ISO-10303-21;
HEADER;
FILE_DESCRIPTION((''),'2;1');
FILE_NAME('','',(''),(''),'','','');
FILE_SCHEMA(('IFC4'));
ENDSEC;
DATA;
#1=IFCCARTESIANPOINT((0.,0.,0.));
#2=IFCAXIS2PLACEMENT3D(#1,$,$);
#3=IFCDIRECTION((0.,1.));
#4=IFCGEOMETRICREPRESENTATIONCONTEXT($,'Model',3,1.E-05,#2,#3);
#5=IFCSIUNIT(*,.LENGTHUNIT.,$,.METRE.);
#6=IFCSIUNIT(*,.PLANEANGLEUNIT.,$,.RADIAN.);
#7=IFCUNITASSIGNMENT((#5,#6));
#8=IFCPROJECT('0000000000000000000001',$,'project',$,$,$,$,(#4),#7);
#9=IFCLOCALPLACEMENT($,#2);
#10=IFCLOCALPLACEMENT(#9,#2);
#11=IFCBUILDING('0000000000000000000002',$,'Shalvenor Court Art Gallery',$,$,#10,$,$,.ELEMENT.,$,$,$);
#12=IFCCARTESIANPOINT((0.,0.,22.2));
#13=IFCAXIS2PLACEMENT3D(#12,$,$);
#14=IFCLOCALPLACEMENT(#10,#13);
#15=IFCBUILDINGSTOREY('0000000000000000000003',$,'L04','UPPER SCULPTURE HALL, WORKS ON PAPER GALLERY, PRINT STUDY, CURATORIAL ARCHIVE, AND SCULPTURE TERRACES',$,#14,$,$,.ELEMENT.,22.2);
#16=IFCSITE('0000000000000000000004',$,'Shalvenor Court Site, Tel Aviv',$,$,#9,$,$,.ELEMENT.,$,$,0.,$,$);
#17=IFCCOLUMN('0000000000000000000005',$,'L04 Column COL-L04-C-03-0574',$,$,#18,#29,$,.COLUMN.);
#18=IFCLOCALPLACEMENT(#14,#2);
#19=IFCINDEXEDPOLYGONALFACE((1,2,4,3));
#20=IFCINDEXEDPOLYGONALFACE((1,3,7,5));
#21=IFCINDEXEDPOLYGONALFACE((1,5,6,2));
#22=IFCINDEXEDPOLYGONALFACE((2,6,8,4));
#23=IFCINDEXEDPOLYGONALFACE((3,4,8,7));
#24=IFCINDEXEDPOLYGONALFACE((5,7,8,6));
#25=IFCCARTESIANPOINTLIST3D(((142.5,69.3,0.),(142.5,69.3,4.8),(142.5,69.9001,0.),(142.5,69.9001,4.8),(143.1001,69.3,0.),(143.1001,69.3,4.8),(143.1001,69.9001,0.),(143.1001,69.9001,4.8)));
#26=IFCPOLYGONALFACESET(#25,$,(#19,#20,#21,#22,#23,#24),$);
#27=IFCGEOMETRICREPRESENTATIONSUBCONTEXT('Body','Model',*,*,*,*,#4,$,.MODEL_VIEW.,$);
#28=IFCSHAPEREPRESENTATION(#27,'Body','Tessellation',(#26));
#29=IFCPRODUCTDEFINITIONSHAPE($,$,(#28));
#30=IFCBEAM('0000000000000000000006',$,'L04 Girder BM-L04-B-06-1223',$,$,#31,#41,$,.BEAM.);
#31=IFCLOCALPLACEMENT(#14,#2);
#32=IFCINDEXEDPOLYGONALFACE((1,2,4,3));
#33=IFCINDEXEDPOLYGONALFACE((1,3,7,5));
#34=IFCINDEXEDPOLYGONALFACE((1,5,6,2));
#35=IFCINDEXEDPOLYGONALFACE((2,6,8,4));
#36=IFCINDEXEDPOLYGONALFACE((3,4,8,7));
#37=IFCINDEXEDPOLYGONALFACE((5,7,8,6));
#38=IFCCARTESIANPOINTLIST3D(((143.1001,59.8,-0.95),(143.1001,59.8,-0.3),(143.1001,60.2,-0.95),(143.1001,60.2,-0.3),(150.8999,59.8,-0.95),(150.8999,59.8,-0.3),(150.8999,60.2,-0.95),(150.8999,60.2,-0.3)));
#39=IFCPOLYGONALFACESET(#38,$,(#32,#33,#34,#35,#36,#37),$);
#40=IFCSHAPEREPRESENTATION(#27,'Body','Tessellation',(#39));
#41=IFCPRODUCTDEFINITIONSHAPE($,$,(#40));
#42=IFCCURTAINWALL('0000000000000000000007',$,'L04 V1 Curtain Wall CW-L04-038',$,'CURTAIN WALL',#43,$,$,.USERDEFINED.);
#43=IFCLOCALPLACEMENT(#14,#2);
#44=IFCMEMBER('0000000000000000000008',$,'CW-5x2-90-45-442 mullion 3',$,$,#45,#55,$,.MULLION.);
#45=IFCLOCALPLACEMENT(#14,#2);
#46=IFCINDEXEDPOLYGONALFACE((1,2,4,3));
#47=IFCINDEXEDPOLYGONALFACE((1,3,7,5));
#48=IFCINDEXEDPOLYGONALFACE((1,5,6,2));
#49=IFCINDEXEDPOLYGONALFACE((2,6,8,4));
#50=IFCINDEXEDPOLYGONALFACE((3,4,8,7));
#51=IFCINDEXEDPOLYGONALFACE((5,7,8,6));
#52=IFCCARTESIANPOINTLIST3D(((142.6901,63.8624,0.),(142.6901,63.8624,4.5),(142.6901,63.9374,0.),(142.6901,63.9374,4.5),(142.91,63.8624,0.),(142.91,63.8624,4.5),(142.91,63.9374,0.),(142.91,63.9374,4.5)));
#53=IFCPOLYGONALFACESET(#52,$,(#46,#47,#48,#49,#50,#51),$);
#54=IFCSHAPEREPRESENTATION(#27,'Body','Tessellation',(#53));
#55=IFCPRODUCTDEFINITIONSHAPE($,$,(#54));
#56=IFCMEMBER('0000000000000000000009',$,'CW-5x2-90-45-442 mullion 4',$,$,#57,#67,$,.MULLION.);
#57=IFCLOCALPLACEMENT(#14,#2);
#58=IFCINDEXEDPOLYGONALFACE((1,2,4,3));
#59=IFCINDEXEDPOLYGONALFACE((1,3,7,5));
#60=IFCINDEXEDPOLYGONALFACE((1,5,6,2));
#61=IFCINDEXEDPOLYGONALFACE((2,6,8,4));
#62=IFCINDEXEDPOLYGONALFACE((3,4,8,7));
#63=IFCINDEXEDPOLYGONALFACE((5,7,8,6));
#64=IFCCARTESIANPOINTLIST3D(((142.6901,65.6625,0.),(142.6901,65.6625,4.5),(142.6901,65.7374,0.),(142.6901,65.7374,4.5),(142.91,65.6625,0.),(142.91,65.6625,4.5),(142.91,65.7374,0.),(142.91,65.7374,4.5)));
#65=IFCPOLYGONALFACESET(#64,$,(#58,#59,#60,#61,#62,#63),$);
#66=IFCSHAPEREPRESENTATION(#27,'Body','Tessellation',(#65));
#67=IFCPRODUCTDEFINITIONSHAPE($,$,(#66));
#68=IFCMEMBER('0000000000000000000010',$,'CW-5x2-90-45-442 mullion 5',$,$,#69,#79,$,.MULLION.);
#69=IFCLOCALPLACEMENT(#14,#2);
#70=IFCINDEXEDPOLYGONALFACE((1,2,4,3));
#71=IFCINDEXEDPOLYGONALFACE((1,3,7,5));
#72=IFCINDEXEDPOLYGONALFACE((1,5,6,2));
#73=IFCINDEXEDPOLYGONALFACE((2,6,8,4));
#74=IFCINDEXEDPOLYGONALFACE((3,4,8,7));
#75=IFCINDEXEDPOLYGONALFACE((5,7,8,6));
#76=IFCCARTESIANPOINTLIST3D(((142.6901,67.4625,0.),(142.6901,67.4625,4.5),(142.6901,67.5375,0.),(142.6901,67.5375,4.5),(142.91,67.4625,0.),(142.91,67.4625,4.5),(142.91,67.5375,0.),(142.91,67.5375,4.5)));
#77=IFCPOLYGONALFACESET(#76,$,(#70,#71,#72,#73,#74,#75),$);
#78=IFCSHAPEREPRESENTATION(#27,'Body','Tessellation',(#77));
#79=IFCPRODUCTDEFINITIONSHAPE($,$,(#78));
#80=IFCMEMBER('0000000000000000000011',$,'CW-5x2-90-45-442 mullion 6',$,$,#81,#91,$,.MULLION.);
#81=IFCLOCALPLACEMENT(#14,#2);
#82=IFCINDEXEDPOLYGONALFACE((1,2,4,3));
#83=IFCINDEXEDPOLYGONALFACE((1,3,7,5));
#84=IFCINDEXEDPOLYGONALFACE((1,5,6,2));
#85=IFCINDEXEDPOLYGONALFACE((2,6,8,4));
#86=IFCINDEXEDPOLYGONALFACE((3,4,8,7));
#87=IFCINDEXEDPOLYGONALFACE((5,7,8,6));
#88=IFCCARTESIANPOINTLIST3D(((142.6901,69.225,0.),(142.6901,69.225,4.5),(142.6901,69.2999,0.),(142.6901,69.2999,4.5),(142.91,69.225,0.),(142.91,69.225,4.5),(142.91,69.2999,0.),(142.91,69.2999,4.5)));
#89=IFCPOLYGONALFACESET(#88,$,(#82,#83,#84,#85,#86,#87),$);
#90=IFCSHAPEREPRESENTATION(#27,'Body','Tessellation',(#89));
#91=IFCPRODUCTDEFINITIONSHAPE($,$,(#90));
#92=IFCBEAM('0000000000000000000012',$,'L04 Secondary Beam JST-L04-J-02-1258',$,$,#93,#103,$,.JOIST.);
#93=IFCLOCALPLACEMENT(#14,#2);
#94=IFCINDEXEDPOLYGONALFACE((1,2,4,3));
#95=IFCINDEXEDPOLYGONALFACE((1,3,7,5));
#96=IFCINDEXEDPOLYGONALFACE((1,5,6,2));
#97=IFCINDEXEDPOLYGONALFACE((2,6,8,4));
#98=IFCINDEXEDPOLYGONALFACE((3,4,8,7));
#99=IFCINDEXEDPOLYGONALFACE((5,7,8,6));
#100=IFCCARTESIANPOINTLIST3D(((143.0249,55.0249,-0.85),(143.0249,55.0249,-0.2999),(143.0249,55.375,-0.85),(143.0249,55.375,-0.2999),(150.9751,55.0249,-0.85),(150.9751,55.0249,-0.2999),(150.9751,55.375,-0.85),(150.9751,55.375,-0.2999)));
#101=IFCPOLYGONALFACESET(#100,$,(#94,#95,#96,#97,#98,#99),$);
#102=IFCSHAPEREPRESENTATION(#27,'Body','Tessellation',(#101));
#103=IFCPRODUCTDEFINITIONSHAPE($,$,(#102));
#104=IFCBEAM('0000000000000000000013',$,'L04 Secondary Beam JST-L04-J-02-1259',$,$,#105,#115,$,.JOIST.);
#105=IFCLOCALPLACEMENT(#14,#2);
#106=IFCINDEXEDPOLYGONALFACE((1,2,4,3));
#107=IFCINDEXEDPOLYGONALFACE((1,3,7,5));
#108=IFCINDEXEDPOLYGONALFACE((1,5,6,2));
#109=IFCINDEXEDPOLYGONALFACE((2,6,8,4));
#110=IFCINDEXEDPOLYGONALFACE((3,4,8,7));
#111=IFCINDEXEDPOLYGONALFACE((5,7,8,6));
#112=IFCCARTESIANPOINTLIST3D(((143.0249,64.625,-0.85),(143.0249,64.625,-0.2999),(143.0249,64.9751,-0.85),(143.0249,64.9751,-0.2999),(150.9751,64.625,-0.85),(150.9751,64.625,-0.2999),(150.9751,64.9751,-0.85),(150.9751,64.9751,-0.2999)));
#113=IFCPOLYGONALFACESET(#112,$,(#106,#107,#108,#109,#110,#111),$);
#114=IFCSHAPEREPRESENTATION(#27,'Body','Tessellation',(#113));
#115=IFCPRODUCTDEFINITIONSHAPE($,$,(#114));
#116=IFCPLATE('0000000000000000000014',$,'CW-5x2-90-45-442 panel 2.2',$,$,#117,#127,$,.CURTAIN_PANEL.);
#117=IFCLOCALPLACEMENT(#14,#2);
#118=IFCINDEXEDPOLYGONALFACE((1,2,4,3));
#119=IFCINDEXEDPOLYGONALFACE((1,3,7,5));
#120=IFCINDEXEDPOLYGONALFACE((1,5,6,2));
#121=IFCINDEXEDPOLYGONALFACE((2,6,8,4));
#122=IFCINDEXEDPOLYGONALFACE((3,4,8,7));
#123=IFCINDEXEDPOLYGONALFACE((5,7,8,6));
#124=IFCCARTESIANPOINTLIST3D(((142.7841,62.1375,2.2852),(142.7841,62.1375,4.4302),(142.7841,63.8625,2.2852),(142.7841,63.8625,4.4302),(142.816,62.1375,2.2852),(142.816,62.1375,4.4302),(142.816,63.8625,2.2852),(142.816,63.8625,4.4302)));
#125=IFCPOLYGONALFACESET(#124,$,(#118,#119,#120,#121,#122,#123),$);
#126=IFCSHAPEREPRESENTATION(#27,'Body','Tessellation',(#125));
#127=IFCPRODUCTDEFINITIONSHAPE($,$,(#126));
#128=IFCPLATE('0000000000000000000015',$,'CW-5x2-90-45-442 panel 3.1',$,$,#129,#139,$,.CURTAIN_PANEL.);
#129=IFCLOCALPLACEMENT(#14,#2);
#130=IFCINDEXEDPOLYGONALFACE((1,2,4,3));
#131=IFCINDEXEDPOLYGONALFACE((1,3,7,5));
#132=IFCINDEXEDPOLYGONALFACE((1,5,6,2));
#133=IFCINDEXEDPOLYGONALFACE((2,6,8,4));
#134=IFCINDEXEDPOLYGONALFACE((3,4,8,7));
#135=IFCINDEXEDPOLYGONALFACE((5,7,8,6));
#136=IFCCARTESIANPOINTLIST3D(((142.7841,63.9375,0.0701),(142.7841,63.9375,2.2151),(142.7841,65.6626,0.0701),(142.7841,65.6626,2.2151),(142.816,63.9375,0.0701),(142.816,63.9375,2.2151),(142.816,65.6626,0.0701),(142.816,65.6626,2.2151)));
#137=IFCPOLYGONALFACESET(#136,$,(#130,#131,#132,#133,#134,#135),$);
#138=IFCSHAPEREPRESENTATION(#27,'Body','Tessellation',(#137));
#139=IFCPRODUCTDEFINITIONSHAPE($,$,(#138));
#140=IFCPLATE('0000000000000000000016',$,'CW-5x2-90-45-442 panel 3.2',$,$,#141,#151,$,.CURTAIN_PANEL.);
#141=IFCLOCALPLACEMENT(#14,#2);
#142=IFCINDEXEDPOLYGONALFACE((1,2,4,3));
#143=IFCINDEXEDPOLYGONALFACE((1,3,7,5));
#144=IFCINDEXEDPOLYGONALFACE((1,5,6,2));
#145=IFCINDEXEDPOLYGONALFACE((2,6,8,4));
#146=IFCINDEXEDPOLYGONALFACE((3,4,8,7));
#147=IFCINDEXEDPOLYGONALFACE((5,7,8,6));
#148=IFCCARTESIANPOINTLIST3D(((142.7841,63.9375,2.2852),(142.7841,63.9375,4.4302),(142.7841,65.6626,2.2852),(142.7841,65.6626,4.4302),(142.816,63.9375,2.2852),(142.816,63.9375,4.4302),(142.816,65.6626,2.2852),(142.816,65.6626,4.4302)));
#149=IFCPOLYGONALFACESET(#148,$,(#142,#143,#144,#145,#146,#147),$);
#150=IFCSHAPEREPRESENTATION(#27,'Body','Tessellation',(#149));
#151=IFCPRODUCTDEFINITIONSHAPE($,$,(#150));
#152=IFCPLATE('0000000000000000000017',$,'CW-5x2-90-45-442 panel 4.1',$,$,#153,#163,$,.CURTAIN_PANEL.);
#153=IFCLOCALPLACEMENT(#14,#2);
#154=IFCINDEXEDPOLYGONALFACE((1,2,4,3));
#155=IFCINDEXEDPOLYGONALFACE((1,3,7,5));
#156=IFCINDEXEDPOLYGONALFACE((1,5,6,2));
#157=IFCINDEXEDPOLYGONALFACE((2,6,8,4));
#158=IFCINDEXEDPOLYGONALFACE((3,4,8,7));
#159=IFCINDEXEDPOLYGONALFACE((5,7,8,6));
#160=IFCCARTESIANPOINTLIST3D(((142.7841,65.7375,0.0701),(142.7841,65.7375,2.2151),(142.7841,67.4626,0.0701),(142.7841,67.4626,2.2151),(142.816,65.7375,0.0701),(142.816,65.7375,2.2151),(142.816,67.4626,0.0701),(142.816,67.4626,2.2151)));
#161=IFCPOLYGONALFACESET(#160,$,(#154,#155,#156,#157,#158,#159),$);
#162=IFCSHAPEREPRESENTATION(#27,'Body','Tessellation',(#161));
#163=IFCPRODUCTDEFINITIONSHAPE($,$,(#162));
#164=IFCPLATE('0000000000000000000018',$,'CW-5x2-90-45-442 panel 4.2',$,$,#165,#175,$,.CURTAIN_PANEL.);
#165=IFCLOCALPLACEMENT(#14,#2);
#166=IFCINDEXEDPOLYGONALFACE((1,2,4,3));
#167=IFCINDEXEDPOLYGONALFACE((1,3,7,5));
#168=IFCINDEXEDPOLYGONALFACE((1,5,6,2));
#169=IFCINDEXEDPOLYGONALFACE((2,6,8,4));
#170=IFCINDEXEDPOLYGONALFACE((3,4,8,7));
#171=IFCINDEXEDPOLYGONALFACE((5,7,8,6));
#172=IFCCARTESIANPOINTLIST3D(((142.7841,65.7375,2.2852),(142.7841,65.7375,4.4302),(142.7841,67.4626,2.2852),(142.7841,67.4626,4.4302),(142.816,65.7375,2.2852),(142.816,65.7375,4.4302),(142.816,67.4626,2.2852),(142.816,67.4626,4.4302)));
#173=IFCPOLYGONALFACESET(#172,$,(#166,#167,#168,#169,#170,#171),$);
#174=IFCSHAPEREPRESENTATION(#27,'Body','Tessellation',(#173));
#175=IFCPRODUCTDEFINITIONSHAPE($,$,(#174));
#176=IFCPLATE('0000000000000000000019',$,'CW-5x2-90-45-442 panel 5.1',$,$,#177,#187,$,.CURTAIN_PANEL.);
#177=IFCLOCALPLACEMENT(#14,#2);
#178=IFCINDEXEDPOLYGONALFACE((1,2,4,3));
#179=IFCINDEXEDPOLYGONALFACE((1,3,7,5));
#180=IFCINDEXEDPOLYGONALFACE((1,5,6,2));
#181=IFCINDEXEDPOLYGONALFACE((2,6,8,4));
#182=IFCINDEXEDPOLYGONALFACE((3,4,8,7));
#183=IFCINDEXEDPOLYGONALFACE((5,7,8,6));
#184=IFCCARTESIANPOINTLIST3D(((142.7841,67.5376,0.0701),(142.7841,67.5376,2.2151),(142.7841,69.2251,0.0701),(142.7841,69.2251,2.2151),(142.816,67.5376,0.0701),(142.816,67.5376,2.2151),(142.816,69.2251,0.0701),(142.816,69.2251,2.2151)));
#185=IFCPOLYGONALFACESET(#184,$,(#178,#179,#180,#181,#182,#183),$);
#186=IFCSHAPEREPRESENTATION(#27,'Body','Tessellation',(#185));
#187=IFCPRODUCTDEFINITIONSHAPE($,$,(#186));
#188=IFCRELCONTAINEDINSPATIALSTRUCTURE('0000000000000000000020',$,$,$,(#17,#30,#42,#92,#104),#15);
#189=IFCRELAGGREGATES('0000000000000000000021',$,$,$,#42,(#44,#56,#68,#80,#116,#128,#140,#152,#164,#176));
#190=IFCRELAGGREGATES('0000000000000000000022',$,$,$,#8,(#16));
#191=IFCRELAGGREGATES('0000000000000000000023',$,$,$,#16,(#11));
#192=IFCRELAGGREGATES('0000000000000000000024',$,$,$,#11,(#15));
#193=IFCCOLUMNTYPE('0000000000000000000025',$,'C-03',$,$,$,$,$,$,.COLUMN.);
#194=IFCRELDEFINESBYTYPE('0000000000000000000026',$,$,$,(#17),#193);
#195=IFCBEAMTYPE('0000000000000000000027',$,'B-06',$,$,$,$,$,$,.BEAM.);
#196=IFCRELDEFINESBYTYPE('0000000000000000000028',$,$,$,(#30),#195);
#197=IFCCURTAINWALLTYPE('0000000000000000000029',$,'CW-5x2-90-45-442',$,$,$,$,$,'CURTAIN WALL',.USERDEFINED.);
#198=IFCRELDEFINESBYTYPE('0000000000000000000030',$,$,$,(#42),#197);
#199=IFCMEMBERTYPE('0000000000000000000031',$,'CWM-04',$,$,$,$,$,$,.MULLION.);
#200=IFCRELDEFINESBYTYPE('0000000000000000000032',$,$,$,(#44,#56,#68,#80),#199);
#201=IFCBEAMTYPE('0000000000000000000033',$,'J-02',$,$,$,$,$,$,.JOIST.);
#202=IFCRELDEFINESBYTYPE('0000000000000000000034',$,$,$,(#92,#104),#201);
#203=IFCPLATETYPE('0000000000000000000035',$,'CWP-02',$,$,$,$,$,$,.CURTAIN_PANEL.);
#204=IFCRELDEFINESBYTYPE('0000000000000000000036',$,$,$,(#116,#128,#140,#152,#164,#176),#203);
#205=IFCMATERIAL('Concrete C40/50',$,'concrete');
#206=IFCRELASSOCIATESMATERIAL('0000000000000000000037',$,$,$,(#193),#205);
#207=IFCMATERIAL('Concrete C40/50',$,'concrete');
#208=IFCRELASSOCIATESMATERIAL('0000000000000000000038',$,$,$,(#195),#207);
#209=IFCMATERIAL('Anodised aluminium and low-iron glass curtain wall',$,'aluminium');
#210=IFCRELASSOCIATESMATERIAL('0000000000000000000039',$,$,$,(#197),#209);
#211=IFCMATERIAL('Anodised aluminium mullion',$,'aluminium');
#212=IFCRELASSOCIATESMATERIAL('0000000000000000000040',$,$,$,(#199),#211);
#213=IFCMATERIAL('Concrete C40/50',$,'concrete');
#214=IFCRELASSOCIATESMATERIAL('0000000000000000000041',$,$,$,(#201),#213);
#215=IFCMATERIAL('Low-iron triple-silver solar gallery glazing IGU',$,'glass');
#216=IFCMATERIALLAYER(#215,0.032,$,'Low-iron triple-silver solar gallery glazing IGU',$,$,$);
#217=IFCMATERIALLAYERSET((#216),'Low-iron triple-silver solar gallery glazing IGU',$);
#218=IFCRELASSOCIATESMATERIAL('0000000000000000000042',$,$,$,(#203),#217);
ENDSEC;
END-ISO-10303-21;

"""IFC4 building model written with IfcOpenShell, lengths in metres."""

from ifc_helpers import new_model, si_unit, direction, frame, origin, origin_2d, place, context, subcontext, project, spatial, rectangle, extrude, material, layer, layer_set, material_profile, profile_set, type_object, element, aggregate, save


model = new_model("IFC4")

# Units and contexts
model_context = context("Model", 3, precision=1e-05, world=origin(), true_north=direction((0.0, 1.0)))
body_context = subcontext(model_context, "Body", "Model", "MODEL_VIEW")
ifc_project = project(units=[si_unit("LENGTHUNIT", "METRE"), si_unit("PLANEANGLEUNIT", "RADIAN")], contexts=[model_context])

# Site, building, storey
site_placement = place(None, origin())
site = spatial("IfcSite", under=ifc_project, at=site_placement, Name="Shalvenor Court Site, Tel Aviv", CompositionType="ELEMENT", RefElevation=0.0)
building_placement = place(site_placement, origin())
building = spatial("IfcBuilding", under=site, at=building_placement, Name="Shalvenor Court Art Gallery", CompositionType="ELEMENT")
storey_placement = place(building_placement, frame((0.0, 0.0, 22.2)))
storey = spatial("IfcBuildingStorey", under=building, at=storey_placement, Name="L04", Description="UPPER SCULPTURE HALL, WORKS ON PAPER GALLERY, PRINT STUDY, CURATORIAL ARCHIVE, AND SCULPTURE TERRACES", CompositionType="ELEMENT", Elevation=22.2)

# Column
ifc_material_1 = material(Name="Concrete C40/50", Category="concrete")
ifc_material_profile_1 = material_profile(ifc_material_1, rectangle(XDim=0.6001, YDim=0.6001, at=origin_2d()), Name="RC 600x600")
ifc_profile_set_1 = profile_set([ifc_material_profile_1], Name="Concrete C40/50")
column_type = type_object("IfcColumnType", Name="C-03", PredefinedType="COLUMN", material=ifc_profile_set_1)
column_placement = place(storey_placement, frame((142.8, 69.6001, 0.0), z_axis=(0.0, 0.0, 1.0), x_axis=(1.0, 0.0, 0.0)))
element("IfcColumn", 1, at=column_placement, inside=storey, type_object=column_type, Name="L04 Column COL-L04-C-03-0574", PredefinedType="COLUMN", context=body_context, shape_type="SweptSolid", body=[
    extrude(rectangle(XDim=0.6001, YDim=0.6001, at=origin_2d()), origin(), (0.0, 0.0, 1.0), 4.8),
])

# Beam
ifc_material_2 = material(Name="Concrete C40/50", Category="concrete")
ifc_material_profile_2 = material_profile(ifc_material_2, rectangle(XDim=0.3999, YDim=0.6499, at=origin_2d()), Name="RC 400x650")
ifc_profile_set_2 = profile_set([ifc_material_profile_2], Name="Concrete C40/50")
beam_type_1 = type_object("IfcBeamType", Name="B-06", PredefinedType="BEAM", material=ifc_profile_set_2)
beam_placement = place(storey_placement, frame((143.1001, 60.0, -0.625), z_axis=(1.0, 0.0, 0.0), x_axis=(0.0, 1.0, 0.0)))
element("IfcBeam", 2, at=beam_placement, inside=storey, type_object=beam_type_1, Name="L04 Girder BM-L04-B-06-1223", PredefinedType="BEAM", context=body_context, shape_type="SweptSolid", body=[
    extrude(rectangle(XDim=0.3999, YDim=0.6499, at=origin_2d()), origin(), (0.0, 0.0, 1.0), 7.7998),
])

# Curtain wall, members
ifc_material_3 = material(Name="Anodised aluminium and low-iron glass curtain wall", Category="aluminium")
curtain_wall_type = type_object("IfcCurtainWallType", Name="CW-5x2-90-45-442", ElementType="CURTAIN WALL", PredefinedType="USERDEFINED", material=ifc_material_3)
curtain_wall_placement = place(storey_placement, origin())
curtain_wall = element("IfcCurtainWall", 3, at=curtain_wall_placement, inside=storey, type_object=curtain_wall_type, Name="L04 V1 Curtain Wall CW-L04-038", ObjectType="CURTAIN WALL", PredefinedType="USERDEFINED")
ifc_material_4 = material(Name="Anodised aluminium mullion", Category="aluminium")
ifc_material_profile_3 = material_profile(ifc_material_4, rectangle(XDim=0.075, YDim=0.22, at=origin_2d()), Name="CWM-04")
ifc_profile_set_3 = profile_set([ifc_material_profile_3], Name="Anodised aluminium mullion")
member_type = type_object("IfcMemberType", Name="CWM-04", PredefinedType="MULLION", material=ifc_profile_set_3)
member_1_placement = place(storey_placement, frame((142.8, 63.8999, 0.0), z_axis=(0.0, 0.0, 1.0), x_axis=(0.0, 1.0, 0.0)))
member_1 = element("IfcMember", 4, at=member_1_placement, type_object=member_type, Name="CW-5x2-90-45-442 mullion 3", PredefinedType="MULLION", context=body_context, shape_type="SweptSolid", body=[
    extrude(rectangle(XDim=0.075, YDim=0.22, at=origin_2d()), origin(), (0.0, 0.0, 1.0), 4.5),
])
member_2_placement = place(storey_placement, frame((142.8, 65.7, 0.0), z_axis=(0.0, 0.0, 1.0), x_axis=(0.0, 1.0, 0.0)))
member_2 = element("IfcMember", 5, at=member_2_placement, type_object=member_type, Name="CW-5x2-90-45-442 mullion 4", PredefinedType="MULLION", context=body_context, shape_type="SweptSolid", body=[
    extrude(rectangle(XDim=0.075, YDim=0.22, at=origin_2d()), origin(), (0.0, 0.0, 1.0), 4.5),
])
member_3_placement = place(storey_placement, frame((142.8, 67.5, 0.0), z_axis=(0.0, 0.0, 1.0), x_axis=(0.0, 1.0, 0.0)))
member_3 = element("IfcMember", 6, at=member_3_placement, type_object=member_type, Name="CW-5x2-90-45-442 mullion 5", PredefinedType="MULLION", context=body_context, shape_type="SweptSolid", body=[
    extrude(rectangle(XDim=0.075, YDim=0.22, at=origin_2d()), origin(), (0.0, 0.0, 1.0), 4.5),
])
member_4_placement = place(storey_placement, frame((142.8, 69.2625, 0.0), z_axis=(0.0, 0.0, 1.0), x_axis=(0.0, 1.0, 0.0)))
member_4 = element("IfcMember", 7, at=member_4_placement, type_object=member_type, Name="CW-5x2-90-45-442 mullion 6", PredefinedType="MULLION", context=body_context, shape_type="SweptSolid", body=[
    extrude(rectangle(XDim=0.075, YDim=0.22, at=origin_2d()), origin(), (0.0, 0.0, 1.0), 4.5),
])

# Beams
ifc_material_5 = material(Name="Concrete C40/50", Category="concrete")
ifc_material_profile_4 = material_profile(ifc_material_5, rectangle(XDim=0.3501, YDim=0.55, at=origin_2d()), Name="RC 350x550")
ifc_profile_set_4 = profile_set([ifc_material_profile_4], Name="Concrete C40/50")
beam_type_2 = type_object("IfcBeamType", Name="J-02", PredefinedType="JOIST", material=ifc_profile_set_4)
for number, where, z_axis, x_axis, name in (
    (8, (143.0249, 55.2, -0.575), (1.0, 0.0, 0.0), (0.0, 1.0, 0.0), "L04 Secondary Beam JST-L04-J-02-1258"),
    (9, (143.0249, 64.8, -0.575), (1.0, 0.0, 0.0), (0.0, 1.0, 0.0), "L04 Secondary Beam JST-L04-J-02-1259"),
):
    element("IfcBeam", number, at=place(storey_placement, frame(where, z_axis=z_axis, x_axis=x_axis)), inside=storey, type_object=beam_type_2, Name=name, PredefinedType="JOIST", context=body_context, shape_type="SweptSolid", body=[
        extrude(rectangle(XDim=0.3501, YDim=0.55, at=origin_2d()), origin(), (0.0, 0.0, 1.0), 7.9502),
    ])

# Plates
ifc_material_6 = material(Name="Low-iron triple-silver solar gallery glazing IGU", Category="glass")
ifc_layer_1 = layer(ifc_material_6, 0.032, Name="Low-iron triple-silver solar gallery glazing IGU")
ifc_layer_set_1 = layer_set([ifc_layer_1], Name="Low-iron triple-silver solar gallery glazing IGU")
plate_type = type_object("IfcPlateType", Name="CWP-02", PredefinedType="CURTAIN_PANEL", material=ifc_layer_set_1)
plate_1_placement = place(storey_placement, frame((142.8, 63.0, 2.2852), z_axis=(0.0, 0.0, 1.0), x_axis=(0.0, 1.0, 0.0)))
plate_1 = element("IfcPlate", 10, at=plate_1_placement, type_object=plate_type, Name="CW-5x2-90-45-442 panel 2.2", PredefinedType="CURTAIN_PANEL", context=body_context, shape_type="SweptSolid", body=[
    extrude(rectangle(XDim=1.7251, YDim=0.032, at=origin_2d()), origin(), (0.0, 0.0, 1.0), 2.145),
])
plate_2_placement = place(storey_placement, frame((142.8, 64.8, 0.0701), z_axis=(0.0, 0.0, 1.0), x_axis=(0.0, 1.0, 0.0)))
plate_2 = element("IfcPlate", 11, at=plate_2_placement, type_object=plate_type, Name="CW-5x2-90-45-442 panel 3.1", PredefinedType="CURTAIN_PANEL", context=body_context, shape_type="SweptSolid", body=[
    extrude(rectangle(XDim=1.7251, YDim=0.032, at=origin_2d()), origin(), (0.0, 0.0, 1.0), 2.145),
])
plate_3_placement = place(storey_placement, frame((142.8, 64.8, 2.2852), z_axis=(0.0, 0.0, 1.0), x_axis=(0.0, 1.0, 0.0)))
plate_3 = element("IfcPlate", 12, at=plate_3_placement, type_object=plate_type, Name="CW-5x2-90-45-442 panel 3.2", PredefinedType="CURTAIN_PANEL", context=body_context, shape_type="SweptSolid", body=[
    extrude(rectangle(XDim=1.7251, YDim=0.032, at=origin_2d()), origin(), (0.0, 0.0, 1.0), 2.145),
])
plate_4_placement = place(storey_placement, frame((142.8, 66.6001, 0.0701), z_axis=(0.0, 0.0, 1.0), x_axis=(0.0, 1.0, 0.0)))
plate_4 = element("IfcPlate", 13, at=plate_4_placement, type_object=plate_type, Name="CW-5x2-90-45-442 panel 4.1", PredefinedType="CURTAIN_PANEL", context=body_context, shape_type="SweptSolid", body=[
    extrude(rectangle(XDim=1.7251, YDim=0.032, at=origin_2d()), origin(), (0.0, 0.0, 1.0), 2.145),
])
plate_5_placement = place(storey_placement, frame((142.8, 66.6001, 2.2852), z_axis=(0.0, 0.0, 1.0), x_axis=(0.0, 1.0, 0.0)))
plate_5 = element("IfcPlate", 14, at=plate_5_placement, type_object=plate_type, Name="CW-5x2-90-45-442 panel 4.2", PredefinedType="CURTAIN_PANEL", context=body_context, shape_type="SweptSolid", body=[
    extrude(rectangle(XDim=1.7251, YDim=0.032, at=origin_2d()), origin(), (0.0, 0.0, 1.0), 2.145),
])
plate_6_placement = place(storey_placement, frame((142.8, 68.3813, 0.0701), z_axis=(0.0, 0.0, 1.0), x_axis=(0.0, 1.0, 0.0)))
plate_6 = element("IfcPlate", 15, at=plate_6_placement, type_object=plate_type, Name="CW-5x2-90-45-442 panel 5.1", PredefinedType="CURTAIN_PANEL", context=body_context, shape_type="SweptSolid", body=[
    extrude(rectangle(XDim=1.6875, YDim=0.032, at=origin_2d()), origin(), (0.0, 0.0, 1.0), 2.145),
])
aggregate(curtain_wall, [member_1, member_2, member_3, member_4, plate_1, plate_2, plate_3, plate_4, plate_5, plate_6])

save(model, "model.ifc")
